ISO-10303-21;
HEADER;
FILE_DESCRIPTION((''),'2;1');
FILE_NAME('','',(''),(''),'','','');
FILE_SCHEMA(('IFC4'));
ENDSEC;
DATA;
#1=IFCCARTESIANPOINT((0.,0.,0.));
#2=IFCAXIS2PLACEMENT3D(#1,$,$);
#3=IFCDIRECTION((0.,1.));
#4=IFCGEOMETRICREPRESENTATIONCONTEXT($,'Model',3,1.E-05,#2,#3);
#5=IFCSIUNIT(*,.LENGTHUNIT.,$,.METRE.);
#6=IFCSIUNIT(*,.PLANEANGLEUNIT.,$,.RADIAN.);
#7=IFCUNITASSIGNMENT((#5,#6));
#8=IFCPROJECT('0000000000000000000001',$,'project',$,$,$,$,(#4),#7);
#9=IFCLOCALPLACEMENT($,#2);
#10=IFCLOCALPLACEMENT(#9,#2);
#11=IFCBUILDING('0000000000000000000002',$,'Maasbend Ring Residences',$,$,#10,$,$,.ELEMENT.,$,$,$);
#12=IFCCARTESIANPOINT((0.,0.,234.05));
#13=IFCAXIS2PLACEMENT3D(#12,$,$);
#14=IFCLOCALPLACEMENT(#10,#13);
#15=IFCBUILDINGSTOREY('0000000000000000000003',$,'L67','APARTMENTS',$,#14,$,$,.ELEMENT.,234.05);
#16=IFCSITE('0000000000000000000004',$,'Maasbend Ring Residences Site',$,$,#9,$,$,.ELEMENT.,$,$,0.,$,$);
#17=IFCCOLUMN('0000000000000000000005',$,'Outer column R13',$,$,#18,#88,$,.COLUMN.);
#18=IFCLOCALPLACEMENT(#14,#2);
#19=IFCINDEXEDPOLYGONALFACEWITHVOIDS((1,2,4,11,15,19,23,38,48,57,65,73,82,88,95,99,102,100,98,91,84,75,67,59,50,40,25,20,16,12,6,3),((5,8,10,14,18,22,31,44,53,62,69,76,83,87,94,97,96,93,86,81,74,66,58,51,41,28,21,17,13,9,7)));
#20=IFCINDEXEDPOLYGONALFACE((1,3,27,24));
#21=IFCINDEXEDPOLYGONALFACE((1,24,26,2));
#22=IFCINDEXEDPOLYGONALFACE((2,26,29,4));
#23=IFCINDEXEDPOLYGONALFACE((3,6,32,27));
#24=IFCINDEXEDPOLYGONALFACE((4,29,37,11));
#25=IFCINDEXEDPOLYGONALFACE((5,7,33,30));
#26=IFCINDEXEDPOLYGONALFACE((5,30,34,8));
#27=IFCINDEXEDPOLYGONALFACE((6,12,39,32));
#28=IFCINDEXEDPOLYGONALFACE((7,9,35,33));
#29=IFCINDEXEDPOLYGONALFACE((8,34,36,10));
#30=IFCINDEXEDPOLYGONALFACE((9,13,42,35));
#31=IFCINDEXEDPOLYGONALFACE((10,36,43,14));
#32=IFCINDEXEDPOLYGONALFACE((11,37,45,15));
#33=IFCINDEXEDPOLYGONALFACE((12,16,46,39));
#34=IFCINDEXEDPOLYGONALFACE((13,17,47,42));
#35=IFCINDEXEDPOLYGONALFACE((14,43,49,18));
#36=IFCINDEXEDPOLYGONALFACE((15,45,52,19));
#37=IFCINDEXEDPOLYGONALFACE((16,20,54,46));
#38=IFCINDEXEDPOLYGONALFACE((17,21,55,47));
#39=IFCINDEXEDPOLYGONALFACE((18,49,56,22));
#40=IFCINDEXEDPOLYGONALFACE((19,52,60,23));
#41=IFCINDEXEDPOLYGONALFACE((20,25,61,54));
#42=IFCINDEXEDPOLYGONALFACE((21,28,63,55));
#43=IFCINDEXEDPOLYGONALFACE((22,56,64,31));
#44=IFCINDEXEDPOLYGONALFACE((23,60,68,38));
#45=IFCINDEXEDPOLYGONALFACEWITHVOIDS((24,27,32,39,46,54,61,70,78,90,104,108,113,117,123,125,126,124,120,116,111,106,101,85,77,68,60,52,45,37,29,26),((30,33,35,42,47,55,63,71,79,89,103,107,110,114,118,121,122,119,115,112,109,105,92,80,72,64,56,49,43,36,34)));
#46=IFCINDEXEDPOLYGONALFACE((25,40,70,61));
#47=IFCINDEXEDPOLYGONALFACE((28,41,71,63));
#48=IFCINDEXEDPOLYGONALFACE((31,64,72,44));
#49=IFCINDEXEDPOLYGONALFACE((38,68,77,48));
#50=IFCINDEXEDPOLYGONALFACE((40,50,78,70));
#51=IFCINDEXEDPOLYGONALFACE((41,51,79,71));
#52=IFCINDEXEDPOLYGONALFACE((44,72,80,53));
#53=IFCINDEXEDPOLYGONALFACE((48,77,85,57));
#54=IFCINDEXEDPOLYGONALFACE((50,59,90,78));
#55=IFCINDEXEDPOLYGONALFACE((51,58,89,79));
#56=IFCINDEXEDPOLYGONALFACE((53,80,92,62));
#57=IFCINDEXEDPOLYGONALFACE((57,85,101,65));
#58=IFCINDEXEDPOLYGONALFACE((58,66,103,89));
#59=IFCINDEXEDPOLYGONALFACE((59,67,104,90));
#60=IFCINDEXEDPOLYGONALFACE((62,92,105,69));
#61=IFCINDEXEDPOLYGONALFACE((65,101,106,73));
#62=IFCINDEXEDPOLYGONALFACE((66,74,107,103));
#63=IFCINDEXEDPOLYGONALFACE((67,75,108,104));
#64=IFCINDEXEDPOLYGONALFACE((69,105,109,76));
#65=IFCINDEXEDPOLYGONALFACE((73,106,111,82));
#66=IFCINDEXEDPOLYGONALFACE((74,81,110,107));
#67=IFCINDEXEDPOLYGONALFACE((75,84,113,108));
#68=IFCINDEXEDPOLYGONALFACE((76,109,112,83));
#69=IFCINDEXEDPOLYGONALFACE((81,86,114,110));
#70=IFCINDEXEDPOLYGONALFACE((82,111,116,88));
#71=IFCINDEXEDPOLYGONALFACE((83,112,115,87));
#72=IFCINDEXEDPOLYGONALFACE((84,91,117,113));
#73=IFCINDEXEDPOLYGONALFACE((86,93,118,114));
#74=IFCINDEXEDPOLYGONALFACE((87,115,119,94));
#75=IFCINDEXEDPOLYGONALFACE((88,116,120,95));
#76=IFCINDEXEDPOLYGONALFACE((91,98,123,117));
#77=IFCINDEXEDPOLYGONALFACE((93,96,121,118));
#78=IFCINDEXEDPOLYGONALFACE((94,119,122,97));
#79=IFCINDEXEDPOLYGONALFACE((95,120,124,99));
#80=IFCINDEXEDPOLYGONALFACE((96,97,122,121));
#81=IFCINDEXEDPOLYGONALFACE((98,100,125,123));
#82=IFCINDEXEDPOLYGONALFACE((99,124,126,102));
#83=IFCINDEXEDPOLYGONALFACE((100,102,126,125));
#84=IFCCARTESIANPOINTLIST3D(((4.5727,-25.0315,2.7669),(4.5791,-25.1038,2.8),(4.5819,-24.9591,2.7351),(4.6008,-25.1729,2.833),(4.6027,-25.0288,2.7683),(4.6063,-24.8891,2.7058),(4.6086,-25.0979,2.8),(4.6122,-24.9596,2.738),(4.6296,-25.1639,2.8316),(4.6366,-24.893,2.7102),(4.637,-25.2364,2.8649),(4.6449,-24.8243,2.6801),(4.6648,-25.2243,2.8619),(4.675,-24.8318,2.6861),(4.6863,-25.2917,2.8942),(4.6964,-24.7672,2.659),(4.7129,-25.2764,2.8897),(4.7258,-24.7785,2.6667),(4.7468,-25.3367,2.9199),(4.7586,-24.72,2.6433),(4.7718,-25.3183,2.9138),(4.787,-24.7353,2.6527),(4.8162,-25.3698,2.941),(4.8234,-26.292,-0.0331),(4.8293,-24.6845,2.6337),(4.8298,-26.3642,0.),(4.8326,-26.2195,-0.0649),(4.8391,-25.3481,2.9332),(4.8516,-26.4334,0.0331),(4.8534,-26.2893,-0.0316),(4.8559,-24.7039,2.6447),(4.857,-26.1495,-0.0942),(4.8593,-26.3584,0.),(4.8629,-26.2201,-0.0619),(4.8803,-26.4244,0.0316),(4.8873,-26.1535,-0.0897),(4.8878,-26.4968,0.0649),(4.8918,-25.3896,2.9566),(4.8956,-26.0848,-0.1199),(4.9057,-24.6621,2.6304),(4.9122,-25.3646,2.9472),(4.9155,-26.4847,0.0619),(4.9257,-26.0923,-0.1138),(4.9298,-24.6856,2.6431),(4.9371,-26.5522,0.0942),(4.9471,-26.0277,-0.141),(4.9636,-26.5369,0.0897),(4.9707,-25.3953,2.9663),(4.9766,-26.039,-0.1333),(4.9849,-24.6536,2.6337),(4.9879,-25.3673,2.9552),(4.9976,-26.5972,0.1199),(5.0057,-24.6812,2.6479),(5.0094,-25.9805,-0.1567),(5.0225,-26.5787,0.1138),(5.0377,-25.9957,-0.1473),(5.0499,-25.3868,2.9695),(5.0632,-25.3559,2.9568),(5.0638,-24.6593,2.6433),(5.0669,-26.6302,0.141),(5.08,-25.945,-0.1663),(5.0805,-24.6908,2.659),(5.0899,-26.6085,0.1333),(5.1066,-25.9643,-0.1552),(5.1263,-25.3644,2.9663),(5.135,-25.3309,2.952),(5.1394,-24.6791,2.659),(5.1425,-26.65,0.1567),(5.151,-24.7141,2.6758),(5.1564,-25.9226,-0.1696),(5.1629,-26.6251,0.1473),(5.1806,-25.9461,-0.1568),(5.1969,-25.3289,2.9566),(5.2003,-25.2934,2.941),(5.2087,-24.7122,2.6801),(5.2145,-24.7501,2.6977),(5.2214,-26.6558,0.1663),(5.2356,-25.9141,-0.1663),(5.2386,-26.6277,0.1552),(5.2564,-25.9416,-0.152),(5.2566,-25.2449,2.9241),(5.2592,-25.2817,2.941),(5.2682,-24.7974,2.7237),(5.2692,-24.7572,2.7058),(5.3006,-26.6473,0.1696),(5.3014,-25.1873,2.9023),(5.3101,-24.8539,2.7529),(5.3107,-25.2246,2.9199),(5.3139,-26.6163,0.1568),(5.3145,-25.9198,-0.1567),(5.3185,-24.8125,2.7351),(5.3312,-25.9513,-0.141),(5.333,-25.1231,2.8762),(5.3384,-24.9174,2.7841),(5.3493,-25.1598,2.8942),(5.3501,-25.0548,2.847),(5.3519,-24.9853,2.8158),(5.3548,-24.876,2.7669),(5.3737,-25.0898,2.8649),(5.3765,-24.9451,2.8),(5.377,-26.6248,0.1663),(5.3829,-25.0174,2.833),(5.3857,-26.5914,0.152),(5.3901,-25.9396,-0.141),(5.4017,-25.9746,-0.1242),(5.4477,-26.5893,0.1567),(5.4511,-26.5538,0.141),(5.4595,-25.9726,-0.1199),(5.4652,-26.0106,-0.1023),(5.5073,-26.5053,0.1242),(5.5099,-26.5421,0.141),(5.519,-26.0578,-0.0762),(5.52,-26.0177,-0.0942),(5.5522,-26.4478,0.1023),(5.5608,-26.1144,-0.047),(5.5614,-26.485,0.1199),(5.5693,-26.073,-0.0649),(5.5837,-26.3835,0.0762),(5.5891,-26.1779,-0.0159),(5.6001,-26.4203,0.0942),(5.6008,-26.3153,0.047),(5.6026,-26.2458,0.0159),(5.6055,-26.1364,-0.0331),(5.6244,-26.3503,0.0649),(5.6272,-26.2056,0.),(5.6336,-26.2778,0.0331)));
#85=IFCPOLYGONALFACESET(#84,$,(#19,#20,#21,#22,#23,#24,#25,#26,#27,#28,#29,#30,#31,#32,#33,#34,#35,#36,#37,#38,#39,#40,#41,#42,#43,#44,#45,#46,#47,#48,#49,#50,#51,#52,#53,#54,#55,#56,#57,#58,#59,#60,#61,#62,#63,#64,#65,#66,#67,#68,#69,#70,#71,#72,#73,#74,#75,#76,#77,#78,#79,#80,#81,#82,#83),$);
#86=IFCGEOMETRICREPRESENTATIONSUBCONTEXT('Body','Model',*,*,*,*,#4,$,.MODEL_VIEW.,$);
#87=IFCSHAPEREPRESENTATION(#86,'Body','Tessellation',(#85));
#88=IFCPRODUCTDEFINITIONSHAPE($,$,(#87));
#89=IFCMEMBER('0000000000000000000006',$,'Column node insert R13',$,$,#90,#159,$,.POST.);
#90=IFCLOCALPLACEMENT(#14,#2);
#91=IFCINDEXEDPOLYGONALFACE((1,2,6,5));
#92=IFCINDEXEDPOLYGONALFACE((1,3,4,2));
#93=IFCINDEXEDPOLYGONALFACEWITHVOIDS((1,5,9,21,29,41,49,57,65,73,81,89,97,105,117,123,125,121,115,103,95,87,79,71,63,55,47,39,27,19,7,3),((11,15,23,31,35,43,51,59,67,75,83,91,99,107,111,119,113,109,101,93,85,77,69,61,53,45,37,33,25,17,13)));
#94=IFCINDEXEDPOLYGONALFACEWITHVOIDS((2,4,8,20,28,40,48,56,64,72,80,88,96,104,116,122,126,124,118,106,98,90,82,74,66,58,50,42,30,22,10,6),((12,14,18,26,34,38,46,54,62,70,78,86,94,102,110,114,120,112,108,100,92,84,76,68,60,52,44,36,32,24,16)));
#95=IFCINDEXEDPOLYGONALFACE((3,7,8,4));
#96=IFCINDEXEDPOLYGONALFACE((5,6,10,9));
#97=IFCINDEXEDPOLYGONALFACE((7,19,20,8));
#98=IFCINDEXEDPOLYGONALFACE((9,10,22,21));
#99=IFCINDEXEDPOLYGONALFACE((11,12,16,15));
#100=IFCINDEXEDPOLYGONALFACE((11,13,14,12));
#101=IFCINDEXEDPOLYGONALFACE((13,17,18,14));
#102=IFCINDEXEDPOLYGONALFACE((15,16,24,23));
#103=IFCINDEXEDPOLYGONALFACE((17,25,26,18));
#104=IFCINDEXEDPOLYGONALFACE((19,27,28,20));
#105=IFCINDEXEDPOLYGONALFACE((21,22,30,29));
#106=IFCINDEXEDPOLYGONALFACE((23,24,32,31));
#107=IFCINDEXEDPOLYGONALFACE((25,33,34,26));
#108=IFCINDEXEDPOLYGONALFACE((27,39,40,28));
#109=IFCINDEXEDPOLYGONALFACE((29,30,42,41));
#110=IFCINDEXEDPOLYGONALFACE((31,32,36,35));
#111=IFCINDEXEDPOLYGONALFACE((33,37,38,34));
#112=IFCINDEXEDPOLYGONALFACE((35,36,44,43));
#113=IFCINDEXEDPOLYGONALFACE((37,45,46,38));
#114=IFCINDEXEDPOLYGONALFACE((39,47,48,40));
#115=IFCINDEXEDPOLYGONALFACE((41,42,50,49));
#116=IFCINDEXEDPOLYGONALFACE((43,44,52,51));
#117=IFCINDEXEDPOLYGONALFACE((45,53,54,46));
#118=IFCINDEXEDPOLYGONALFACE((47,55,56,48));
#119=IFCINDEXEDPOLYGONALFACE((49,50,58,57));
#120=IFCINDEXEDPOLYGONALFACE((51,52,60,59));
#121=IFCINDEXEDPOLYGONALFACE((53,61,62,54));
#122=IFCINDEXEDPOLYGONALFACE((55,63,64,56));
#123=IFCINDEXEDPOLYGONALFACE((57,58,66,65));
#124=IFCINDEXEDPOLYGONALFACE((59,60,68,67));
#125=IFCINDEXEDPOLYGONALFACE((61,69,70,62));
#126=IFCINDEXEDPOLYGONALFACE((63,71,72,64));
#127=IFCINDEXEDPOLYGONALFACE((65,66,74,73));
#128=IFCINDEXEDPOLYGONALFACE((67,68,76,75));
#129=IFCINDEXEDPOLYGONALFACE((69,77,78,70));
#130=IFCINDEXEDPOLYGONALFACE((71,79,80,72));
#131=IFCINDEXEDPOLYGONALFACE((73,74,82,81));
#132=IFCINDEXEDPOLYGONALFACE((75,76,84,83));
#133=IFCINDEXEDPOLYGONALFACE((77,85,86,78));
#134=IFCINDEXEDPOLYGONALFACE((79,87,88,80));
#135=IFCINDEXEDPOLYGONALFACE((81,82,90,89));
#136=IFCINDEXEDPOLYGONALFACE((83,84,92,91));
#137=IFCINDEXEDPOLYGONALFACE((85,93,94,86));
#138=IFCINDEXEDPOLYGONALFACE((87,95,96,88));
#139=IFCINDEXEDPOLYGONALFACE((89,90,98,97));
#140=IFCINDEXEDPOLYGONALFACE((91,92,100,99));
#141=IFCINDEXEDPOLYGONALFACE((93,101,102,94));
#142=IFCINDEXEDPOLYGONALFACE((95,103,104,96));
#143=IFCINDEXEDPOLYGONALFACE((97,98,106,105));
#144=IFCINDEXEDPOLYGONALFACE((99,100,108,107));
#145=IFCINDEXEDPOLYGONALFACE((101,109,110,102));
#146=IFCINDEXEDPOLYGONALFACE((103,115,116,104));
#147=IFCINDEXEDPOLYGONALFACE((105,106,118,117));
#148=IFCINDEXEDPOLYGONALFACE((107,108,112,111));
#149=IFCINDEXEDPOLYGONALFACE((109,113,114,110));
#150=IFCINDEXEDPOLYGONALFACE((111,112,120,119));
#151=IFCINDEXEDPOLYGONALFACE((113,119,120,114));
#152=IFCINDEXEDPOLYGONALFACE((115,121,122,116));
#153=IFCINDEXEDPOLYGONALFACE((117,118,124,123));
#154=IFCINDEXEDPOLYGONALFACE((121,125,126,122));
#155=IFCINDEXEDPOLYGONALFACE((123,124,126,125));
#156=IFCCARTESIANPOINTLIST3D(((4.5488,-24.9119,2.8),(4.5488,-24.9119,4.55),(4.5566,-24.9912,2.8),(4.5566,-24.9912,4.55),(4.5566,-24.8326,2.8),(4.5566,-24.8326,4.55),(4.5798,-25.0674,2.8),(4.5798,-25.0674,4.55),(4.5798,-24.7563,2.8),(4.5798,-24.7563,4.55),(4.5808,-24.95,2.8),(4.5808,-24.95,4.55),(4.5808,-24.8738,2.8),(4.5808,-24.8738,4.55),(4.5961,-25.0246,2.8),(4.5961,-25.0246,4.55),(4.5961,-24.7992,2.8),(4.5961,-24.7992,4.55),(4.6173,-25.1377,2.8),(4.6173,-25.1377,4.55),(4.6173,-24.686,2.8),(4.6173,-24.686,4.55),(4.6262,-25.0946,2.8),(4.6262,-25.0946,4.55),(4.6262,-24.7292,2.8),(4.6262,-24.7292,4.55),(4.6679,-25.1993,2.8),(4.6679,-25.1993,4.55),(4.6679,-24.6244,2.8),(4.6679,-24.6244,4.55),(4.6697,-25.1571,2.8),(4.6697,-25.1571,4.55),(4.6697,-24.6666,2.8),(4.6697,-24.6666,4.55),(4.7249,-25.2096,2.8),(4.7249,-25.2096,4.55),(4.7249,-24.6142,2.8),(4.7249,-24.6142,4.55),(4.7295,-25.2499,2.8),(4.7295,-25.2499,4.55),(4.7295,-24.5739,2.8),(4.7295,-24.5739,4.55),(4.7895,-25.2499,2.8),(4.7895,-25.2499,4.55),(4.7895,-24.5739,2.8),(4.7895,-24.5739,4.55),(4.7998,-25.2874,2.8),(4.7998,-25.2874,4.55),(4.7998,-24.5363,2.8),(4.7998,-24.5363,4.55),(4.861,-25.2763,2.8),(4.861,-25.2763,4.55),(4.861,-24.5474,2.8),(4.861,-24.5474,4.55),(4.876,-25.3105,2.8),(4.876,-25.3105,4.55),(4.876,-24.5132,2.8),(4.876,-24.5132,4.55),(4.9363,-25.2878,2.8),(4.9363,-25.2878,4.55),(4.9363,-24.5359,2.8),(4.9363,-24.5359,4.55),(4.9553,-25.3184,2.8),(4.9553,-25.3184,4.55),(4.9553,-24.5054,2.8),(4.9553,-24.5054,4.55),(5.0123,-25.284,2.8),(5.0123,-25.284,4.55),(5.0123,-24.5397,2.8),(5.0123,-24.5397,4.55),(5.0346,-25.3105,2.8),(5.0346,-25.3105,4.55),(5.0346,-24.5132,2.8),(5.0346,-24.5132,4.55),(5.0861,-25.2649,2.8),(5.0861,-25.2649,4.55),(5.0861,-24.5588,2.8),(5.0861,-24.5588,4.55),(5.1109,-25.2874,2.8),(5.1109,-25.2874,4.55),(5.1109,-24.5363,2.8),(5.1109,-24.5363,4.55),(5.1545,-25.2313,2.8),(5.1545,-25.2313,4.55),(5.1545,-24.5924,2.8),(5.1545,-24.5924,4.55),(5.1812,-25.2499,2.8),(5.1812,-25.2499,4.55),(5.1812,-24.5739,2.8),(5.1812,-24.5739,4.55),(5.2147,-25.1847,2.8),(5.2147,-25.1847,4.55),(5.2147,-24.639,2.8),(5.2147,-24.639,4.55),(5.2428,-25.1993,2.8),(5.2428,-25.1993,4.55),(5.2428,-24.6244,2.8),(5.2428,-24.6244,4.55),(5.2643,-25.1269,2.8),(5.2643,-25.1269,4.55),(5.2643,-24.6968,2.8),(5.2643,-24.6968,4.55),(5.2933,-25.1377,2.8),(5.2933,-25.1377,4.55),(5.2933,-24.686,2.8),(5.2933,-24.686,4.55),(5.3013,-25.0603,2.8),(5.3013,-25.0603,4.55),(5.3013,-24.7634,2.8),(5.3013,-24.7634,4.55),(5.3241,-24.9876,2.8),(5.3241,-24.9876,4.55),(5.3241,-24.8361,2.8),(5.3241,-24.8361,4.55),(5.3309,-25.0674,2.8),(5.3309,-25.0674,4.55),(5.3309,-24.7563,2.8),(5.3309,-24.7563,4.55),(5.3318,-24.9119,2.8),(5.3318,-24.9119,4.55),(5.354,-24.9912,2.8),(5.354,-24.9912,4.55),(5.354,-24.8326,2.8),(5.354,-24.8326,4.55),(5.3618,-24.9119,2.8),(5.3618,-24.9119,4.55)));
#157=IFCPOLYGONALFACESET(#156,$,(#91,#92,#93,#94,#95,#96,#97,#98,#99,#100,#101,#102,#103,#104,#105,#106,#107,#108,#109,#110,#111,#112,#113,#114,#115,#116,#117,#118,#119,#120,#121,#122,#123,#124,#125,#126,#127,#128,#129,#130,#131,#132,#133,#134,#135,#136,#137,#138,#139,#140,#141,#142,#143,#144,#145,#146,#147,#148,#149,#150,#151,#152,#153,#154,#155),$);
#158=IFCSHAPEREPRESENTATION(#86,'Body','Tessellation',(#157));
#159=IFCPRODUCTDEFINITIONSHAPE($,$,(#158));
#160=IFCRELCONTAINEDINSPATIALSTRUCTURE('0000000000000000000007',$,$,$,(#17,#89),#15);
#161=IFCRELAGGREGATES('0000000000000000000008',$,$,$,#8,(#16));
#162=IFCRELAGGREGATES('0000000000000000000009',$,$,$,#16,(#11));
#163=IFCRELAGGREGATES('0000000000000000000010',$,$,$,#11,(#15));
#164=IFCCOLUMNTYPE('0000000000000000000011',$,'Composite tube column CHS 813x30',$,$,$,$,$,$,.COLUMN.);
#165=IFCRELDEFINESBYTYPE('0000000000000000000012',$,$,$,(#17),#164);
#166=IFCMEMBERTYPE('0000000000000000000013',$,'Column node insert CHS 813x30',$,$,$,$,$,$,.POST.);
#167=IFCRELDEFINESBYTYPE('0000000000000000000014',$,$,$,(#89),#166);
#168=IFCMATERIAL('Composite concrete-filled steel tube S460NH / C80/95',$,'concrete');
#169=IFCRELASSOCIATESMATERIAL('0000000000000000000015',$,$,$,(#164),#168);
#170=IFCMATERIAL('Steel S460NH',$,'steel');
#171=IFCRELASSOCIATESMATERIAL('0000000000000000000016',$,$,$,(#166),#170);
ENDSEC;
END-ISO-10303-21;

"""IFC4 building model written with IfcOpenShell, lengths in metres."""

from ifc_helpers import new_model, si_unit, direction, frame, origin, origin_2d, place, context, subcontext, project, spatial, hollow_circle, extrude, material, material_profile, profile_set, type_object, element, save


model = new_model("IFC4")

# Units and contexts
model_context = context("Model", 3, precision=1e-05, world=origin(), true_north=direction((0.0, 1.0)))
body_context = subcontext(model_context, "Body", "Model", "MODEL_VIEW")
ifc_project = project(units=[si_unit("LENGTHUNIT", "METRE"), si_unit("PLANEANGLEUNIT", "RADIAN")], contexts=[model_context])

# Site, building, storey
site_placement = place(None, origin())
site = spatial("IfcSite", under=ifc_project, at=site_placement, Name="Maasbend Ring Residences Site", CompositionType="ELEMENT", RefElevation=0.0)
building_placement = place(site_placement, origin())
building = spatial("IfcBuilding", under=site, at=building_placement, Name="Maasbend Ring Residences", CompositionType="ELEMENT")
storey_placement = place(building_placement, frame((0.0, 0.0, 234.05)))
storey = spatial("IfcBuildingStorey", under=building, at=storey_placement, Name="L67", Description="APARTMENTS", CompositionType="ELEMENT", Elevation=234.05)

# Column
ifc_material_1 = material(Name="Composite concrete-filled steel tube S460NH / C80/95", Category="concrete")
ifc_material_profile_1 = material_profile(ifc_material_1, hollow_circle(Radius=0.4065, WallThickness=0.03, at=origin_2d()), Name="Composite tube column CHS 813x30")
ifc_profile_set_1 = profile_set([ifc_material_profile_1], Name="Composite concrete-filled steel tube S460NH / C80/95")
column_type = type_object("IfcColumnType", Name="Composite tube column CHS 813x30", PredefinedType="COLUMN", material=ifc_profile_set_1)
column_placement = place(storey_placement, frame((5.2285, -26.2849, 0.0), z_axis=(-0.081383, 0.409132, 0.908839), x_axis=(-0.980785, -0.195093, 0.0)))
element("IfcColumn", 1, at=column_placement, inside=storey, type_object=column_type, Name="Outer column R13", PredefinedType="COLUMN", context=body_context, shape_type="SweptSolid", body=[
    extrude(hollow_circle(Radius=0.4065, WallThickness=0.03, at=origin_2d()), origin(), (0.0, 0.0, 1.0), 3.0808),
])

# Member
ifc_material_2 = material(Name="Steel S460NH", Category="steel")
ifc_material_profile_2 = material_profile(ifc_material_2, hollow_circle(Radius=0.4065, WallThickness=0.03, at=origin_2d()), Name="Column node insert CHS 813x30")
ifc_profile_set_2 = profile_set([ifc_material_profile_2], Name="Steel S460NH")
member_type = type_object("IfcMemberType", Name="Column node insert CHS 813x30", PredefinedType="POST", material=ifc_profile_set_2)
member_placement = place(storey_placement, frame((4.9553, -24.9119, 2.8), z_axis=(0.0, 0.0, 1.0), x_axis=(1.0, 0.0, 0.0)))
element("IfcMember", 2, at=member_placement, inside=storey, type_object=member_type, Name="Column node insert R13", PredefinedType="POST", context=body_context, shape_type="SweptSolid", body=[
    extrude(hollow_circle(Radius=0.4065, WallThickness=0.03, at=origin_2d()), origin(), (0.0, 0.0, 1.0), 1.75),
])

save(model, "model.ifc")
